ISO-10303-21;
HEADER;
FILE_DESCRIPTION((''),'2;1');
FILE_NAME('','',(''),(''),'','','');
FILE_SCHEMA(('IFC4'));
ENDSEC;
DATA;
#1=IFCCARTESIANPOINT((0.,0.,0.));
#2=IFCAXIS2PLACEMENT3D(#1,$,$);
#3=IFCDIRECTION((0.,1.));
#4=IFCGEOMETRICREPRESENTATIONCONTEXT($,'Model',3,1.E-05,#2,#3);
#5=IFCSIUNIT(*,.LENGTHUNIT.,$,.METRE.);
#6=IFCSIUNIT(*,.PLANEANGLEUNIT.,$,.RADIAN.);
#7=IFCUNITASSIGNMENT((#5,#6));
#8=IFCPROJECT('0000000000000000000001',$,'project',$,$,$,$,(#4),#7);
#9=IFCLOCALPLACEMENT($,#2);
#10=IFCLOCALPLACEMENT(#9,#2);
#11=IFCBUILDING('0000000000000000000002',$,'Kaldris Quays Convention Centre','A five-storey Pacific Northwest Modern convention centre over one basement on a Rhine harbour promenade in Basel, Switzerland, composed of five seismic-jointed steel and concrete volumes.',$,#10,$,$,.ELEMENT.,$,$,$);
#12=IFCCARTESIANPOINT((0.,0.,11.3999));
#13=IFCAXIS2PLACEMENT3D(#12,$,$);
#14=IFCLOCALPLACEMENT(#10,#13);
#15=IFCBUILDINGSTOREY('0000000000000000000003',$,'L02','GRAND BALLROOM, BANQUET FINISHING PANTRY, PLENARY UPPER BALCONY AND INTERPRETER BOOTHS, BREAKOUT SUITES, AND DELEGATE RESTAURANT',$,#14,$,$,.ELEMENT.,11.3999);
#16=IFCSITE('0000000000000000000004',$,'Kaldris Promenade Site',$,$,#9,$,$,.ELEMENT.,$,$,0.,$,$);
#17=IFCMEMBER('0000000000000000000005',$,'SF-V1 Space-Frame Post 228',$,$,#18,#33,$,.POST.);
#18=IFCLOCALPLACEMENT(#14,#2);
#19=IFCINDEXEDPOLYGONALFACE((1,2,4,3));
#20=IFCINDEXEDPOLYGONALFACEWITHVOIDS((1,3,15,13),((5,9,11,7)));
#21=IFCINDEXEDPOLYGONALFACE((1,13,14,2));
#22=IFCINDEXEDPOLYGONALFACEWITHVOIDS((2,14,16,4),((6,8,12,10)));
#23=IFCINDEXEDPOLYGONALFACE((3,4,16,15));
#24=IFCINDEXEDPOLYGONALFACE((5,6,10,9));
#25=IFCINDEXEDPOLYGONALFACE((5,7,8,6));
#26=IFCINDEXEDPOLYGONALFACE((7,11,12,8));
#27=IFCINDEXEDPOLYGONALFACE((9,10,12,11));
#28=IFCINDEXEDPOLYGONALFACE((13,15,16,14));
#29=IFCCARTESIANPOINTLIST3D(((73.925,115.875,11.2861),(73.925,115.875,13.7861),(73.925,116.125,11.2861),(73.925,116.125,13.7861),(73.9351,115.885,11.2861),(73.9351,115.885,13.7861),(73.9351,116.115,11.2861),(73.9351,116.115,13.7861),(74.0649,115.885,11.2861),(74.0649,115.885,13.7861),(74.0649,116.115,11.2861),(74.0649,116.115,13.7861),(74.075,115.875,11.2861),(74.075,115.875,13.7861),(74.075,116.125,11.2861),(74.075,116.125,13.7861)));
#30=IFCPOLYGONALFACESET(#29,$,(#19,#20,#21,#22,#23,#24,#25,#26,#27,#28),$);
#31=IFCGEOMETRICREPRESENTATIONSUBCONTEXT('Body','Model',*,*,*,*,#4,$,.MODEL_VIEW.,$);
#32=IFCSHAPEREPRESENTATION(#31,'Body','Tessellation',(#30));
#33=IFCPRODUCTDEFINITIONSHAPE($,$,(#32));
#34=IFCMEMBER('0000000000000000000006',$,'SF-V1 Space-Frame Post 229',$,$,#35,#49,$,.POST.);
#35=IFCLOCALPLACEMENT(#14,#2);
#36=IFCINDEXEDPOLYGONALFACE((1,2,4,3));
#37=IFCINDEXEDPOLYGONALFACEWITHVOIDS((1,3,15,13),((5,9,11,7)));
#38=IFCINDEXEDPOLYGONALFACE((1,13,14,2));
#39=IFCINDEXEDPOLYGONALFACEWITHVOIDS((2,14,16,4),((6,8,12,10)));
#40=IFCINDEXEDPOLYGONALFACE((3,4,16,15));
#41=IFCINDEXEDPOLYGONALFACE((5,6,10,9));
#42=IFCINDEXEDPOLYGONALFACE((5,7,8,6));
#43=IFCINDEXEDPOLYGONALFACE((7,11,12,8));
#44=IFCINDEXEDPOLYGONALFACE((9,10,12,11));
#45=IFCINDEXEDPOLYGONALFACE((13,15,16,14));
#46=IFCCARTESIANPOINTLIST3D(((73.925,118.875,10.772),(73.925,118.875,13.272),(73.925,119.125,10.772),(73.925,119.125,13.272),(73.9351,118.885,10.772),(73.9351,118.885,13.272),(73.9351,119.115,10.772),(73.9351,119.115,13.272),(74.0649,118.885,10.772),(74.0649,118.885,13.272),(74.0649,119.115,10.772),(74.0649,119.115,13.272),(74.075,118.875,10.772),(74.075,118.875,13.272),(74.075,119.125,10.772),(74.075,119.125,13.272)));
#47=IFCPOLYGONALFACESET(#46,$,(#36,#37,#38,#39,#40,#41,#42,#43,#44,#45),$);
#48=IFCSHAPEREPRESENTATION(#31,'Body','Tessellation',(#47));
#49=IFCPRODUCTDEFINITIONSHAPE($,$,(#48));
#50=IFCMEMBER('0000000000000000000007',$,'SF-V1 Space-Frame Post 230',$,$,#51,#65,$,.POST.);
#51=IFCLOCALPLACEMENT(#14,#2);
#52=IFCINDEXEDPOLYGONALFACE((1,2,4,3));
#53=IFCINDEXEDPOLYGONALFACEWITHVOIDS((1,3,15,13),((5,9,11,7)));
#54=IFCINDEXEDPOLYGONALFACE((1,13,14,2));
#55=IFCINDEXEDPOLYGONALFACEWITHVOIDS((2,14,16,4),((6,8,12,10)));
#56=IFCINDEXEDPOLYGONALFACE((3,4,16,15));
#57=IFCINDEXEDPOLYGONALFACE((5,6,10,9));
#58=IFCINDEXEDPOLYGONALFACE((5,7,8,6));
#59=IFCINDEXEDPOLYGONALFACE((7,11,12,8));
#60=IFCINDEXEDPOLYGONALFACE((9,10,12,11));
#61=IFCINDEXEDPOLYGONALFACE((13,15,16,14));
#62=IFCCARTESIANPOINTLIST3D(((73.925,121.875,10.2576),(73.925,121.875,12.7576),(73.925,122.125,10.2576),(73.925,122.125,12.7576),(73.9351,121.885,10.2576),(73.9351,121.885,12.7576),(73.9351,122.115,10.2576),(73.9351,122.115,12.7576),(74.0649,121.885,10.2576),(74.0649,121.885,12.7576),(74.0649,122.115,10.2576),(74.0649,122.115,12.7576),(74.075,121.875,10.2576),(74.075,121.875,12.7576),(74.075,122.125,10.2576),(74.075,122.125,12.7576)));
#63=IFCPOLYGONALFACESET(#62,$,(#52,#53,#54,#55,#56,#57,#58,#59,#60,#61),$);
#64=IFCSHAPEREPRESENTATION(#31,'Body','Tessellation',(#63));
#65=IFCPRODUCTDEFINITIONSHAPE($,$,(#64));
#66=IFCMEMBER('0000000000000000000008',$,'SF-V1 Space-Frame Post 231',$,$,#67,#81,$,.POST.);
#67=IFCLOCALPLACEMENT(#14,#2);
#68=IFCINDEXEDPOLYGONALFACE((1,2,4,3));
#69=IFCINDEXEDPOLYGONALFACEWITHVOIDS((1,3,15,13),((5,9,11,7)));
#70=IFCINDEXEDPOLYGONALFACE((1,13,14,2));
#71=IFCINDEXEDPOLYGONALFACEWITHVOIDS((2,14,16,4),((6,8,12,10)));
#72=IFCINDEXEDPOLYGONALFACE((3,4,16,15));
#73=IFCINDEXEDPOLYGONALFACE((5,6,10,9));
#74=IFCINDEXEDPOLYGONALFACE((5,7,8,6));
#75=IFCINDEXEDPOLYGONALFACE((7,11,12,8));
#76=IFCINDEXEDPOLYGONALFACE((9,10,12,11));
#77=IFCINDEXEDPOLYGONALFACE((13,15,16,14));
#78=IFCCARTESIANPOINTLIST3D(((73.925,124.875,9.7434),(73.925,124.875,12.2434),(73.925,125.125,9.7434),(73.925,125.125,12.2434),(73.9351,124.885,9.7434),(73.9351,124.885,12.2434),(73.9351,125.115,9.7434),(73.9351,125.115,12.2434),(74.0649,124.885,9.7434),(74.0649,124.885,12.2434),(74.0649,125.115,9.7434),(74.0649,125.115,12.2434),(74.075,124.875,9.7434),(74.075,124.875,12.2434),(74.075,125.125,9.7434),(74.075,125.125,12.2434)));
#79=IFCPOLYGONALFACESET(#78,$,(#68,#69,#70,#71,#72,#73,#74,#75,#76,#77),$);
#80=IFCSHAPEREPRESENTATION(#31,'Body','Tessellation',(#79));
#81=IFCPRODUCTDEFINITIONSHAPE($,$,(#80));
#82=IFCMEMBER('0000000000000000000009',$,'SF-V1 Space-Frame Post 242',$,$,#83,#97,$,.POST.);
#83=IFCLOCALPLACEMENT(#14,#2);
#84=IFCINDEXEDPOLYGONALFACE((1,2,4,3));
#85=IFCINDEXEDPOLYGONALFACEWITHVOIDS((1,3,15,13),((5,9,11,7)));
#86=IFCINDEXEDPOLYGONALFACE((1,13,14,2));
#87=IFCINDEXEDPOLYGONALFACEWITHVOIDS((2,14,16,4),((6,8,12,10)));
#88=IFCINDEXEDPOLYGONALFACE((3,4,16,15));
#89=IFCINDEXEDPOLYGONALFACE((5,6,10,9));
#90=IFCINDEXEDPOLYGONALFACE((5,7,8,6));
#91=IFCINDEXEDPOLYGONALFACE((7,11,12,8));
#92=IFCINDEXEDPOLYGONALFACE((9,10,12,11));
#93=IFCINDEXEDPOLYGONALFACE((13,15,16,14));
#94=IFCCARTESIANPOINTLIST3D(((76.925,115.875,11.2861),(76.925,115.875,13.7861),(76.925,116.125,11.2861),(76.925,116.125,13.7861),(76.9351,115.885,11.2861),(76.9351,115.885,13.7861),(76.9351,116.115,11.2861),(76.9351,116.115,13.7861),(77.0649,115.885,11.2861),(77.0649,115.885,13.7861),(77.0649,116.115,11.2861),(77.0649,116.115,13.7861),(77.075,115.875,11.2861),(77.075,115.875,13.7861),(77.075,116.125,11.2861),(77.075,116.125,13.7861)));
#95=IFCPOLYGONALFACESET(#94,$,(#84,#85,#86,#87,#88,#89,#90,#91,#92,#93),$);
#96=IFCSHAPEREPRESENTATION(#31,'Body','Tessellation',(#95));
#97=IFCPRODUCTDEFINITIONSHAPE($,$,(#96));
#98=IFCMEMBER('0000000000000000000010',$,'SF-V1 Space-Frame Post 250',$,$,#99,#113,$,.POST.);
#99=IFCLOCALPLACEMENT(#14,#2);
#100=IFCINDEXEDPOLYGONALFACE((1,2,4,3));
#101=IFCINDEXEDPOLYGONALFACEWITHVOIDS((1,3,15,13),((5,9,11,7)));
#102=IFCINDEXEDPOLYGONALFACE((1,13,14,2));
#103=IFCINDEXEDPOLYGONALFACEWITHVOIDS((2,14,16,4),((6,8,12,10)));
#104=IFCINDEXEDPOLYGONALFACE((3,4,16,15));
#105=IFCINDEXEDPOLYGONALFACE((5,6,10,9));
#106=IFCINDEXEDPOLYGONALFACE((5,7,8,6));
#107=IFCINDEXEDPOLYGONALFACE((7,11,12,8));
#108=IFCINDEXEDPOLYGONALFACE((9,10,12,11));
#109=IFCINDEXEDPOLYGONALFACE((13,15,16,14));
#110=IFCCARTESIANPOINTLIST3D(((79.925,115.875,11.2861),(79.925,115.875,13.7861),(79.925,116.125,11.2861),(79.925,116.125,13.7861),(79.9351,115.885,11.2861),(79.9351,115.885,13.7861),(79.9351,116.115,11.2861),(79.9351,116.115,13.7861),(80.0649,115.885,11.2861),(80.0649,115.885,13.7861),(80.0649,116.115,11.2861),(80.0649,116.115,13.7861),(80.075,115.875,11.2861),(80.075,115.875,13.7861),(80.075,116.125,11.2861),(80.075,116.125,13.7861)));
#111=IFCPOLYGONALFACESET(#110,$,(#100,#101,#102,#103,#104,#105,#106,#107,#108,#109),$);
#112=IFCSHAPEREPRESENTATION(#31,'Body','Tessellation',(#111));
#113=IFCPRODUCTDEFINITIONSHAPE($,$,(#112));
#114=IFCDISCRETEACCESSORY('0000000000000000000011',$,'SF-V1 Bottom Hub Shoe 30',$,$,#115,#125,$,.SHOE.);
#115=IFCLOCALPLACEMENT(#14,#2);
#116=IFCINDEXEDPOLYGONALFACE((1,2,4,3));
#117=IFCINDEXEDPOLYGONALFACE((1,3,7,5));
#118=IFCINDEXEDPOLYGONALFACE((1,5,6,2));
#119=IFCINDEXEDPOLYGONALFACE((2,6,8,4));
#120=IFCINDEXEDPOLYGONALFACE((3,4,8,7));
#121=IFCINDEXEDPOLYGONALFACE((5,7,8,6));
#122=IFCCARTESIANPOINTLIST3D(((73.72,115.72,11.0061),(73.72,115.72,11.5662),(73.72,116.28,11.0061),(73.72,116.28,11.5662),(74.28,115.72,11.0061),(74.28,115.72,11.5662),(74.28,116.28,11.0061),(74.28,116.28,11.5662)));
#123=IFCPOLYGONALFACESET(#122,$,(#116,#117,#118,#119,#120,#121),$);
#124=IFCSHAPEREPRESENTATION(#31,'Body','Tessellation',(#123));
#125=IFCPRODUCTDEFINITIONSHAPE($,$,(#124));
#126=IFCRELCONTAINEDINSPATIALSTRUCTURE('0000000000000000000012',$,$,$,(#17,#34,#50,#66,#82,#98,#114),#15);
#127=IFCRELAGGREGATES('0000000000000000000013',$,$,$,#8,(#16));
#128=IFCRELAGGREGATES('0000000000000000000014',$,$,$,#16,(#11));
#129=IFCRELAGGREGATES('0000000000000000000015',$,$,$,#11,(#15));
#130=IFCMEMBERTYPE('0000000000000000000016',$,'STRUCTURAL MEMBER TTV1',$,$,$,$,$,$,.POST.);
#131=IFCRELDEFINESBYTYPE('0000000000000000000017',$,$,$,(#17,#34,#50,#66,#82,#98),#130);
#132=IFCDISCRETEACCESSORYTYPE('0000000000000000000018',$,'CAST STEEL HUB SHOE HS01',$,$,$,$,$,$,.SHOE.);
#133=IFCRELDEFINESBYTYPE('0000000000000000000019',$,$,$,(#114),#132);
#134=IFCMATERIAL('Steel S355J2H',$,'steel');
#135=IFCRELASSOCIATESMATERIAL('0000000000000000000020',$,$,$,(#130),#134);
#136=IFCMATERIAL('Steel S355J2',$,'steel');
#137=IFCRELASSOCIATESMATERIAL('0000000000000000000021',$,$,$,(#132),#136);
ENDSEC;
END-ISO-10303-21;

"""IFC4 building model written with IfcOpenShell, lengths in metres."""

from ifc_helpers import new_model, si_unit, direction, frame, origin, origin_2d, place, context, subcontext, project, spatial, rectangle, hollow_rectangle, extrude, material, material_profile, profile_set, type_object, element, save


model = new_model("IFC4")

# Units and contexts
model_context = context("Model", 3, precision=1e-05, world=origin(), true_north=direction((0.0, 1.0)))
body_context = subcontext(model_context, "Body", "Model", "MODEL_VIEW")
ifc_project = project(units=[si_unit("LENGTHUNIT", "METRE"), si_unit("PLANEANGLEUNIT", "RADIAN")], contexts=[model_context])

# Site, building, storey
site_placement = place(None, origin())
site = spatial("IfcSite", under=ifc_project, at=site_placement, Name="Kaldris Promenade Site", CompositionType="ELEMENT", RefElevation=0.0)
building_placement = place(site_placement, origin())
building = spatial("IfcBuilding", under=site, at=building_placement, Name="Kaldris Quays Convention Centre", Description="A five-storey Pacific Northwest Modern convention centre over one basement on a Rhine harbour promenade in Basel, Switzerland, composed of five seismic-jointed steel and concrete volumes.", CompositionType="ELEMENT")
storey_placement = place(building_placement, frame((0.0, 0.0, 11.3999)))
storey = spatial("IfcBuildingStorey", under=building, at=storey_placement, Name="L02", Description="GRAND BALLROOM, BANQUET FINISHING PANTRY, PLENARY UPPER BALCONY AND INTERPRETER BOOTHS, BREAKOUT SUITES, AND DELEGATE RESTAURANT", CompositionType="ELEMENT", Elevation=11.3999)

# Members
ifc_material_1 = material(Name="Steel S355J2H", Category="steel")
ifc_material_profile_1 = material_profile(ifc_material_1, hollow_rectangle(XDim=0.1499, YDim=0.25, WallThickness=0.01, at=origin_2d()), Name="RHS 250x150x10")
ifc_profile_set_1 = profile_set([ifc_material_profile_1], Name="Steel S355J2H")
member_type_1 = type_object("IfcMemberType", Name="STRUCTURAL MEMBER TTV1", PredefinedType="POST", material=ifc_profile_set_1)
for number, where, z_axis, x_axis, name in (
    (1, (74.0, 116.0, 11.2861), (0.0, 0.0, 1.0), (1.0, 0.0, 0.0), "SF-V1 Space-Frame Post 228"),
    (2, (74.0, 119.0, 10.772), (0.0, 0.0, 1.0), (1.0, 0.0, 0.0), "SF-V1 Space-Frame Post 229"),
    (3, (74.0, 122.0, 10.2576), (0.0, 0.0, 1.0), (1.0, 0.0, 0.0), "SF-V1 Space-Frame Post 230"),
    (4, (74.0, 125.0, 9.7434), (0.0, 0.0, 1.0), (1.0, 0.0, 0.0), "SF-V1 Space-Frame Post 231"),
    (5, (77.0, 116.0, 11.2861), (0.0, 0.0, 1.0), (1.0, 0.0, 0.0), "SF-V1 Space-Frame Post 242"),
    (6, (80.0, 116.0, 11.2861), (0.0, 0.0, 1.0), (1.0, 0.0, 0.0), "SF-V1 Space-Frame Post 250"),
):
    element("IfcMember", number, at=place(storey_placement, frame(where, z_axis=z_axis, x_axis=x_axis)), inside=storey, type_object=member_type_1, Name=name, PredefinedType="POST", context=body_context, shape_type="SweptSolid", body=[
        extrude(hollow_rectangle(XDim=0.1499, YDim=0.25, WallThickness=0.01, at=origin_2d()), origin(), (0.0, 0.0, 1.0), 2.5),
    ])

# Discrete accessory
ifc_material_2 = material(Name="Steel S355J2", Category="steel")
discrete_accessory_type = type_object("IfcDiscreteAccessoryType", Name="CAST STEEL HUB SHOE HS01", PredefinedType="SHOE", material=ifc_material_2)
discrete_accessory_placement = place(storey_placement, frame((74.0, 116.0, 11.0061), z_axis=(0.0, 0.0, 1.0), x_axis=(1.0, 0.0, 0.0)))
element("IfcDiscreteAccessory", 7, at=discrete_accessory_placement, inside=storey, type_object=discrete_accessory_type, Name="SF-V1 Bottom Hub Shoe 30", PredefinedType="SHOE", context=body_context, shape_type="SweptSolid", body=[
    extrude(rectangle(XDim=0.5601, YDim=0.5601, at=origin_2d()), origin(), (0.0, 0.0, 1.0), 0.5601),
])

save(model, "model.ifc")
